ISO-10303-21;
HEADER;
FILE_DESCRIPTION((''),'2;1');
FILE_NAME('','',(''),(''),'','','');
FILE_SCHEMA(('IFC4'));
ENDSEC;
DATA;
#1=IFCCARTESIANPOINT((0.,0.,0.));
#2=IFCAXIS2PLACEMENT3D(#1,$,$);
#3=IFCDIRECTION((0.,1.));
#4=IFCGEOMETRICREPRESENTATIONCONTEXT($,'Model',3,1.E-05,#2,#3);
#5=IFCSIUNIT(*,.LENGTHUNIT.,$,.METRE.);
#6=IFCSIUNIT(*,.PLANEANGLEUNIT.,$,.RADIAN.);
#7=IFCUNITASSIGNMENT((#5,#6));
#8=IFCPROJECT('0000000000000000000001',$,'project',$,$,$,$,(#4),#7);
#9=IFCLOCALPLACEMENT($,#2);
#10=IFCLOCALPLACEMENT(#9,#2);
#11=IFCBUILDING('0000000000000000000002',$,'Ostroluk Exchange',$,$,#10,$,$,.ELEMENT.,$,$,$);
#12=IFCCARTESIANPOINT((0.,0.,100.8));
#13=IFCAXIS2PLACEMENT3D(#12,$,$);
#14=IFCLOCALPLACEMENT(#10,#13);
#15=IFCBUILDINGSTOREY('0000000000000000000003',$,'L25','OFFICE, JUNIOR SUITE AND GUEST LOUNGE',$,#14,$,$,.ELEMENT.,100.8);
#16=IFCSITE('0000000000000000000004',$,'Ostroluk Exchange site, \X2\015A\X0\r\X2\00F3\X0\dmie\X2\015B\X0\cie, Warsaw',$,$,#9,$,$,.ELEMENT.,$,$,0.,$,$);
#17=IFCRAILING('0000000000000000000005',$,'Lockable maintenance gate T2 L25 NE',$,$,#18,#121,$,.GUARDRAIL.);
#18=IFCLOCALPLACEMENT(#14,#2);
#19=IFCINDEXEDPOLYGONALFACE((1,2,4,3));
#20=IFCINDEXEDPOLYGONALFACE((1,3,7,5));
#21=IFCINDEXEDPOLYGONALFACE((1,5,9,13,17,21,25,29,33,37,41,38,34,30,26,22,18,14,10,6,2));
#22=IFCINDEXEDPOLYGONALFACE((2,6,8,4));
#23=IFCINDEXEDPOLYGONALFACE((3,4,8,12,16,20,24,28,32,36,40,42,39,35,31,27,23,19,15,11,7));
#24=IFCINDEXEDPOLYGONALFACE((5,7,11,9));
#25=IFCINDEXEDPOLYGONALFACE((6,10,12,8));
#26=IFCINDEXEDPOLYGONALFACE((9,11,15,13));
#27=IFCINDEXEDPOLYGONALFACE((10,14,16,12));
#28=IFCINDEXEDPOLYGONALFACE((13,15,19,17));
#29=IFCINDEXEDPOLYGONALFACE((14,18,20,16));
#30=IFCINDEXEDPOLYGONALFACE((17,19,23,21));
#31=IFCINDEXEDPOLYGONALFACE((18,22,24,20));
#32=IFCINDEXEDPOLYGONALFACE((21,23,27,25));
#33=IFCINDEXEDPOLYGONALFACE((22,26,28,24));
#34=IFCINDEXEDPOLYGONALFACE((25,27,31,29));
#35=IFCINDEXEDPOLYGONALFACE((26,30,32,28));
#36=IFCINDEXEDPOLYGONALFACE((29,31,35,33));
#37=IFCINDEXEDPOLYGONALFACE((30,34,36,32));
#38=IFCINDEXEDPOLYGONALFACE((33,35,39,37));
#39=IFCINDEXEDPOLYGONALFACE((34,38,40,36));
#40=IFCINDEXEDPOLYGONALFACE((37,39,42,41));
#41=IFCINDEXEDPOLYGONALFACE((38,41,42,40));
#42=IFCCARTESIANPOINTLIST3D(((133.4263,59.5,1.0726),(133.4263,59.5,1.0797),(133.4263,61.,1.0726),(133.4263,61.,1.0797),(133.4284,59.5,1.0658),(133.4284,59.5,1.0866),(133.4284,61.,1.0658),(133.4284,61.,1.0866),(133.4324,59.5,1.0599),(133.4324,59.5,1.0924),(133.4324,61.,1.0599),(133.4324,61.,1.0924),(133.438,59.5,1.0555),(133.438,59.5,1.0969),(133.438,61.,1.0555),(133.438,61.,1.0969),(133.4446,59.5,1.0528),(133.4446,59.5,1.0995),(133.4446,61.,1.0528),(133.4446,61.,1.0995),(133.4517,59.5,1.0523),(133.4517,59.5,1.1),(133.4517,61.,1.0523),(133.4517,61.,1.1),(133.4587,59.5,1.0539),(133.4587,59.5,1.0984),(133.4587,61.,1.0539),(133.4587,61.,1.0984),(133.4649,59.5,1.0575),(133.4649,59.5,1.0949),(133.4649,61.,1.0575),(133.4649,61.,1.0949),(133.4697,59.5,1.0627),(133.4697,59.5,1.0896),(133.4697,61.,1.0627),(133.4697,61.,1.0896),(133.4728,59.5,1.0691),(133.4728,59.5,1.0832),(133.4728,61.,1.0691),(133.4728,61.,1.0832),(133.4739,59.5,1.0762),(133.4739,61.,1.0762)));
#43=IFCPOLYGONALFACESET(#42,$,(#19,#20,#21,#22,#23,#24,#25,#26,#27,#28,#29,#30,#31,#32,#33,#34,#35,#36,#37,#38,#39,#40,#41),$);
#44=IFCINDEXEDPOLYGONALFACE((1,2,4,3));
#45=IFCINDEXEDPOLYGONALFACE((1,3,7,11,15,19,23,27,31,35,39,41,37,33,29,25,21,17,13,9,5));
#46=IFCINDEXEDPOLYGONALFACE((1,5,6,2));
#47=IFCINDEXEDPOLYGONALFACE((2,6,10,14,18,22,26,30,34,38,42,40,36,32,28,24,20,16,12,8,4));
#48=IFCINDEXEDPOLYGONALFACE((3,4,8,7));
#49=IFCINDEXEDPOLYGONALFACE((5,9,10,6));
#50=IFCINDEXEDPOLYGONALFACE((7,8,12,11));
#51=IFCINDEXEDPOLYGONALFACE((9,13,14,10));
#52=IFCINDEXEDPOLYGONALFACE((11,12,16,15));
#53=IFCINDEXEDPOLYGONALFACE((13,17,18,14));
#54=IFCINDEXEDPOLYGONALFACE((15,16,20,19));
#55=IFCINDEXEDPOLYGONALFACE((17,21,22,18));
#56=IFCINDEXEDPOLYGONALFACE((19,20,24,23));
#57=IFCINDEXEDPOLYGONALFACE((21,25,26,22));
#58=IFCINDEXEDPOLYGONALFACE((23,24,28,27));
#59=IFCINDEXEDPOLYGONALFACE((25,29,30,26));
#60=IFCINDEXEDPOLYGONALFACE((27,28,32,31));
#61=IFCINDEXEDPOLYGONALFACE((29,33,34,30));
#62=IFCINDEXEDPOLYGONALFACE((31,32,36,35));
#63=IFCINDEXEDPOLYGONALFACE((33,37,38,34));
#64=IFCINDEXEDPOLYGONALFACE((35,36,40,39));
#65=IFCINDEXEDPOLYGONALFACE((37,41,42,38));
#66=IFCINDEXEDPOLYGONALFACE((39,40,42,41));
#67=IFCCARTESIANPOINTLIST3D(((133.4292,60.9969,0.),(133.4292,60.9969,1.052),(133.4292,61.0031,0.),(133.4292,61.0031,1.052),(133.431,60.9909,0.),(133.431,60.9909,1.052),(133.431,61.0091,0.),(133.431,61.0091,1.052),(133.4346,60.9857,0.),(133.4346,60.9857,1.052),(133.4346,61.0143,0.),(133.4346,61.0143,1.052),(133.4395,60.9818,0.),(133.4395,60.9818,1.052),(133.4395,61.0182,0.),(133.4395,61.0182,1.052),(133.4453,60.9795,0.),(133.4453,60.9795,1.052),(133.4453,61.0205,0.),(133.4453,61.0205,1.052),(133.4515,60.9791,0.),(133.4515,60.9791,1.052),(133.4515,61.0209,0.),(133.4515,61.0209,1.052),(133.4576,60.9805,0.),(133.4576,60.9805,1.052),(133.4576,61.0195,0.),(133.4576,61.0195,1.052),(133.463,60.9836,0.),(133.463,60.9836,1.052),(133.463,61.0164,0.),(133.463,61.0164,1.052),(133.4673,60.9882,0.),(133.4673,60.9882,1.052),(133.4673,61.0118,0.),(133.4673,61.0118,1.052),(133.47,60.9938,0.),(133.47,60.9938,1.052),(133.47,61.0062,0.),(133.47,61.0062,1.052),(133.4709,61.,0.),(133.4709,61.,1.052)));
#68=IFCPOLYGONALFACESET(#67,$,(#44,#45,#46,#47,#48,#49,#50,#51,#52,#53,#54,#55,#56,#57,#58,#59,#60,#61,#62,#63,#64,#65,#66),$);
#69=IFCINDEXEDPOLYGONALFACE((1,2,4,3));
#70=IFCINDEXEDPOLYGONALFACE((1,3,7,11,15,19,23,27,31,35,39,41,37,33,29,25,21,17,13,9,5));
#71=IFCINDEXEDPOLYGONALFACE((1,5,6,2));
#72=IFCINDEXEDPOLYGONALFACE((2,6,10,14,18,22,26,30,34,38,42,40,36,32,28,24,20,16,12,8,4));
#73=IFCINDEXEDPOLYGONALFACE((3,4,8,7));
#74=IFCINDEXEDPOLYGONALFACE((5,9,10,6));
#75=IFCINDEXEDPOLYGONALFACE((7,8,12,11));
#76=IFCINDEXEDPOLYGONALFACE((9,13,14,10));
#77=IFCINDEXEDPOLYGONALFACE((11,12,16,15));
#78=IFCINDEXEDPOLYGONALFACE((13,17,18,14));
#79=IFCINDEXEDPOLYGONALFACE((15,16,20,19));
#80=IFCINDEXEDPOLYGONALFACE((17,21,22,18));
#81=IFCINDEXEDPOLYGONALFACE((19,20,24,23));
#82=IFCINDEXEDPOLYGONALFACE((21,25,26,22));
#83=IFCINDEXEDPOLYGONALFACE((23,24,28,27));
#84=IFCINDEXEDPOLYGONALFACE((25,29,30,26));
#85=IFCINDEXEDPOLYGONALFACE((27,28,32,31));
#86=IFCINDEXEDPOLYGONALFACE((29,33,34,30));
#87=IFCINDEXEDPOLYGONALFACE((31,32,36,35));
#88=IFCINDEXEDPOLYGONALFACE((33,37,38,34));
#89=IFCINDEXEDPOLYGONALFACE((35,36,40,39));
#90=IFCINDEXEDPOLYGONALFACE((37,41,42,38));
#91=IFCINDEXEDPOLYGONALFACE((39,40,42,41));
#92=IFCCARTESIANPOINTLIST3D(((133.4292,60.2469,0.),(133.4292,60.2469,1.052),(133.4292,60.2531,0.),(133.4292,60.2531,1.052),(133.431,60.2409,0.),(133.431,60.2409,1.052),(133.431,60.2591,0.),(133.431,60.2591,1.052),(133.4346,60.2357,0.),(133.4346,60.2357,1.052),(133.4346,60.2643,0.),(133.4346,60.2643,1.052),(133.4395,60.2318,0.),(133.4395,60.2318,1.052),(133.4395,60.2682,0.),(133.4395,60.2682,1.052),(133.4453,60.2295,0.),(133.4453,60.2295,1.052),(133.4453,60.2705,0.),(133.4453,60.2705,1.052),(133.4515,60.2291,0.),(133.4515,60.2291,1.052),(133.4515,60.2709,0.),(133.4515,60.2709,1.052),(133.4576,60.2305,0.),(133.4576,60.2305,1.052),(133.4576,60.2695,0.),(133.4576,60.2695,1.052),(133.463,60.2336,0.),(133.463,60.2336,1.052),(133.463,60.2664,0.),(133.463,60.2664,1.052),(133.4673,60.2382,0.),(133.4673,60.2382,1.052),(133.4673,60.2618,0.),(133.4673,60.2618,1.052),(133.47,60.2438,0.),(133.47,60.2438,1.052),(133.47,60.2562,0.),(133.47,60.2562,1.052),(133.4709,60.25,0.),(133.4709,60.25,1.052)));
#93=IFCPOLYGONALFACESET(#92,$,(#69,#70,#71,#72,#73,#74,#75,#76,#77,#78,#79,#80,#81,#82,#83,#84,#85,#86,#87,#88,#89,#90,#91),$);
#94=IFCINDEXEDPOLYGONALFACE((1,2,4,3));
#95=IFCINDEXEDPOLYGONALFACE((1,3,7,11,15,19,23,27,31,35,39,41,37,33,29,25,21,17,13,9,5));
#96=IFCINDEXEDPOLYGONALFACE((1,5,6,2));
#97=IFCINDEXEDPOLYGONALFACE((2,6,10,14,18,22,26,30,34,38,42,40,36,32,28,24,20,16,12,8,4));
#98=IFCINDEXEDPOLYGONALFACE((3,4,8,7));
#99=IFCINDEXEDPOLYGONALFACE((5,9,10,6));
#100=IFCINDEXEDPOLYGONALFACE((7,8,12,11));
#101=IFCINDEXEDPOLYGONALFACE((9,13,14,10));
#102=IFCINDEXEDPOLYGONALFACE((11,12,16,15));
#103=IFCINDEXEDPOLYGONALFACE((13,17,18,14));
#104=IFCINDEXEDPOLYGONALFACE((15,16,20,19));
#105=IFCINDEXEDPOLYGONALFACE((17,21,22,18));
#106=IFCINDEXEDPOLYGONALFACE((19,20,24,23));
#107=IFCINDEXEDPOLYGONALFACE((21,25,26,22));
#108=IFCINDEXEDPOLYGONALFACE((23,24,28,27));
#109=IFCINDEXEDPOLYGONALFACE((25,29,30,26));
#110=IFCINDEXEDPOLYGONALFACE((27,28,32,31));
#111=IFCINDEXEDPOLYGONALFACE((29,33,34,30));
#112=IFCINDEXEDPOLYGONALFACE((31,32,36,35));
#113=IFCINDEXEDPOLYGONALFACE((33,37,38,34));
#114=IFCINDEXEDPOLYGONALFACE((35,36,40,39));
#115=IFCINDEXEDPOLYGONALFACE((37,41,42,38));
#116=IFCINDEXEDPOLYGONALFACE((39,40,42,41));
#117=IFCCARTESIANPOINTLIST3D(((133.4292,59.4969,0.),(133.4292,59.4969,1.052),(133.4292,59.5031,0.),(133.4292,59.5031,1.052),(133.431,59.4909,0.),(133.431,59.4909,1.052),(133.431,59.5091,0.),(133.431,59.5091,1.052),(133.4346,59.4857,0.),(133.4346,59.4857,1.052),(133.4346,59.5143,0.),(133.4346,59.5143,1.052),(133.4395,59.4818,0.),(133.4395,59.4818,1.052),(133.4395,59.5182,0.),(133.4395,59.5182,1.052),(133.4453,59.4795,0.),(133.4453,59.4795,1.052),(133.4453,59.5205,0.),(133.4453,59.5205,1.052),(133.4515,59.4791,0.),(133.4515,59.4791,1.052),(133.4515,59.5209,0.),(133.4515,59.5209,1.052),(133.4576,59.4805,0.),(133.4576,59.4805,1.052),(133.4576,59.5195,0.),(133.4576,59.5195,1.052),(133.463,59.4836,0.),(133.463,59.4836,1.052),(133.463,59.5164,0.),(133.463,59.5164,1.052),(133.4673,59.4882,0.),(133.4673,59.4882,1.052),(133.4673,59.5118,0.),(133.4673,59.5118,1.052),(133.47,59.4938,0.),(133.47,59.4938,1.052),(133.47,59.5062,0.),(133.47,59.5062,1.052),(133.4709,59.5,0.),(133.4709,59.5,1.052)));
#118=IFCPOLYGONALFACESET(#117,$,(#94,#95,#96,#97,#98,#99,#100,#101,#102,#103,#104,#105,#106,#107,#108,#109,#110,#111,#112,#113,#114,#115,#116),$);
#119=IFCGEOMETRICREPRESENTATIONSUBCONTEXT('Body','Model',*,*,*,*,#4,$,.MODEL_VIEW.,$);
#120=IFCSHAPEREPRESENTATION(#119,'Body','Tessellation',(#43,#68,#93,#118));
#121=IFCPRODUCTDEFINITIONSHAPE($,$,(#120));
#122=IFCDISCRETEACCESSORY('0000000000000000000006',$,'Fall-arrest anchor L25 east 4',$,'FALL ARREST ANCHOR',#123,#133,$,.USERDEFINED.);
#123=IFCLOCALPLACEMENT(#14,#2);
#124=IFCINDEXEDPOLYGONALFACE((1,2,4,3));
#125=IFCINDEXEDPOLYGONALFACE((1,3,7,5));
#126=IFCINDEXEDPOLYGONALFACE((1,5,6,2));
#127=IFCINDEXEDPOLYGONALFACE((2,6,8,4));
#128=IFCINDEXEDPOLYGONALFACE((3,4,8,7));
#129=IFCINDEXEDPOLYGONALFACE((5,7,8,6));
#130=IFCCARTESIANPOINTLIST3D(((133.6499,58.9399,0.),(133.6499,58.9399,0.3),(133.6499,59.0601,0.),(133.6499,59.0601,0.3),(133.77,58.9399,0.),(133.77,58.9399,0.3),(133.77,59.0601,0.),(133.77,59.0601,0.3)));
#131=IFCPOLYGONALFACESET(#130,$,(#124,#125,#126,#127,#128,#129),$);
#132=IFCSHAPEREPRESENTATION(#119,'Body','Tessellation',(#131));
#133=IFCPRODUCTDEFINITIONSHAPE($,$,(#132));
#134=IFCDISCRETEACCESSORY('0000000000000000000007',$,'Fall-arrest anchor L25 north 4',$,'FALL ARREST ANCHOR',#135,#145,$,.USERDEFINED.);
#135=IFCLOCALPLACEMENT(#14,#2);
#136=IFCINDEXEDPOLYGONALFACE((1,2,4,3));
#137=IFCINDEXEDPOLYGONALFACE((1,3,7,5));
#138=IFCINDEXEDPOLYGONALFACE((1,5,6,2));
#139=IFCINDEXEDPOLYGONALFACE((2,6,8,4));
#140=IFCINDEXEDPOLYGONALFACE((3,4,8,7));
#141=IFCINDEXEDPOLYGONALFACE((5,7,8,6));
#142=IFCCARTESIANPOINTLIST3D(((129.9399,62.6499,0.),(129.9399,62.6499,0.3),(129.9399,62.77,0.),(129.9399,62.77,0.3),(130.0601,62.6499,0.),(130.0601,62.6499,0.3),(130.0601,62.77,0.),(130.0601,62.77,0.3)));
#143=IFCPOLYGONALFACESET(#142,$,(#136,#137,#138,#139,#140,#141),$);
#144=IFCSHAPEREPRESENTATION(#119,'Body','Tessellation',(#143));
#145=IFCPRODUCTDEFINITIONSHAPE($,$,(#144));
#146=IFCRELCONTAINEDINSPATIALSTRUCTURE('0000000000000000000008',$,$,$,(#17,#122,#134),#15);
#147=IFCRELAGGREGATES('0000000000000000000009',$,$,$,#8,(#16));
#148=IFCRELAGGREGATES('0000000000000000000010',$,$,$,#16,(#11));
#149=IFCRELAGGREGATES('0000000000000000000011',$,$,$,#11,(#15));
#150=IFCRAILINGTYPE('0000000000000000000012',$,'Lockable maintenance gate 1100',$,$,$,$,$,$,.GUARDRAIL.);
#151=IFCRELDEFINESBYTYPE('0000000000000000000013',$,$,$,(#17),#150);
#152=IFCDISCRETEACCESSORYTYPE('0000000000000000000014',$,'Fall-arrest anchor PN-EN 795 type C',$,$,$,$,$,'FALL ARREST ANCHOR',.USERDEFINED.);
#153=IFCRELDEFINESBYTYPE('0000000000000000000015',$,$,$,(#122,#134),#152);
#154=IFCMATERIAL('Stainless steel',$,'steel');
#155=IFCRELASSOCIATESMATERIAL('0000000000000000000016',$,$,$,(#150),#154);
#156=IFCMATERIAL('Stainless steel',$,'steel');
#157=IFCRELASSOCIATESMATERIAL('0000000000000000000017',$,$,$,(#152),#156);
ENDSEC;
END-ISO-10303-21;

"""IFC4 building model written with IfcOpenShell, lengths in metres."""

from ifc_helpers import new_model, si_unit, direction, frame, origin, origin_2d, place, context, subcontext, project, spatial, rectangle, circle, extrude, material, type_object, element, save


model = new_model("IFC4")

# Units and contexts
model_context = context("Model", 3, precision=1e-05, world=origin(), true_north=direction((0.0, 1.0)))
body_context = subcontext(model_context, "Body", "Model", "MODEL_VIEW")
ifc_project = project(units=[si_unit("LENGTHUNIT", "METRE"), si_unit("PLANEANGLEUNIT", "RADIAN")], contexts=[model_context])

# Site, building, storey
site_placement = place(None, origin())
site = spatial("IfcSite", under=ifc_project, at=site_placement, Name="Ostroluk Exchange site, Śródmieście, Warsaw", CompositionType="ELEMENT", RefElevation=0.0)
building_placement = place(site_placement, origin())
building = spatial("IfcBuilding", under=site, at=building_placement, Name="Ostroluk Exchange", CompositionType="ELEMENT")
storey_placement = place(building_placement, frame((0.0, 0.0, 100.8)))
storey = spatial("IfcBuildingStorey", under=building, at=storey_placement, Name="L25", Description="OFFICE, JUNIOR SUITE AND GUEST LOUNGE", CompositionType="ELEMENT", Elevation=100.8)

# Railing
ifc_material_1 = material(Name="Stainless steel", Category="steel")
railing_type_1 = type_object("IfcRailingType", Name="Lockable maintenance gate 1100", PredefinedType="GUARDRAIL", material=ifc_material_1)
railing_1_placement = place(storey_placement, frame((133.45, 61.0, 0.0)))
element("IfcRailing", 1, at=railing_1_placement, inside=storey, type_object=railing_type_1, Name="Lockable maintenance gate T2 L25 NE", PredefinedType="GUARDRAIL", context=body_context, shape_type="SweptSolid", body=[
    extrude(circle(Radius=0.0239, at=origin_2d()), frame((0.0, 0.0, 1.0762), z_axis=(0.0, -1.0, 0.0), x_axis=(1.0, 0.0, 0.0)), (0.0, 0.0, 1.0), 1.5),
    extrude(circle(Radius=0.021, at=origin_2d()), origin(), (0.0, 0.0, 1.0), 1.052),
    extrude(circle(Radius=0.021, at=origin_2d()), frame((0.0, -0.75, 0.0)), (0.0, 0.0, 1.0), 1.052),
    extrude(circle(Radius=0.021, at=origin_2d()), frame((0.0, -1.5, 0.0)), (0.0, 0.0, 1.0), 1.052),
])

# Discrete accessories
ifc_material_2 = material(Name="Stainless steel", Category="steel")
discrete_accessory_type = type_object("IfcDiscreteAccessoryType", Name="Fall-arrest anchor PN-EN 795 type C", ElementType="FALL ARREST ANCHOR", PredefinedType="USERDEFINED", material=ifc_material_2)
for number, where, z_axis, x_axis, name in (
    (2, (133.71, 59.0, 0.0), (0.0, 0.0, 1.0), (1.0, 0.0, 0.0), "Fall-arrest anchor L25 east 4"),
    (3, (130.0, 62.71, 0.0), (0.0, 0.0, 1.0), (1.0, 0.0, 0.0), "Fall-arrest anchor L25 north 4"),
):
    element("IfcDiscreteAccessory", number, at=place(storey_placement, frame(where, z_axis=z_axis, x_axis=x_axis)), inside=storey, type_object=discrete_accessory_type, Name=name, ObjectType="FALL ARREST ANCHOR", PredefinedType="USERDEFINED", context=body_context, shape_type="SweptSolid", body=[
        extrude(rectangle(XDim=0.1201, YDim=0.1201, at=origin_2d()), origin(), (0.0, 0.0, 1.0), 0.3),
    ])

save(model, "model.ifc")
